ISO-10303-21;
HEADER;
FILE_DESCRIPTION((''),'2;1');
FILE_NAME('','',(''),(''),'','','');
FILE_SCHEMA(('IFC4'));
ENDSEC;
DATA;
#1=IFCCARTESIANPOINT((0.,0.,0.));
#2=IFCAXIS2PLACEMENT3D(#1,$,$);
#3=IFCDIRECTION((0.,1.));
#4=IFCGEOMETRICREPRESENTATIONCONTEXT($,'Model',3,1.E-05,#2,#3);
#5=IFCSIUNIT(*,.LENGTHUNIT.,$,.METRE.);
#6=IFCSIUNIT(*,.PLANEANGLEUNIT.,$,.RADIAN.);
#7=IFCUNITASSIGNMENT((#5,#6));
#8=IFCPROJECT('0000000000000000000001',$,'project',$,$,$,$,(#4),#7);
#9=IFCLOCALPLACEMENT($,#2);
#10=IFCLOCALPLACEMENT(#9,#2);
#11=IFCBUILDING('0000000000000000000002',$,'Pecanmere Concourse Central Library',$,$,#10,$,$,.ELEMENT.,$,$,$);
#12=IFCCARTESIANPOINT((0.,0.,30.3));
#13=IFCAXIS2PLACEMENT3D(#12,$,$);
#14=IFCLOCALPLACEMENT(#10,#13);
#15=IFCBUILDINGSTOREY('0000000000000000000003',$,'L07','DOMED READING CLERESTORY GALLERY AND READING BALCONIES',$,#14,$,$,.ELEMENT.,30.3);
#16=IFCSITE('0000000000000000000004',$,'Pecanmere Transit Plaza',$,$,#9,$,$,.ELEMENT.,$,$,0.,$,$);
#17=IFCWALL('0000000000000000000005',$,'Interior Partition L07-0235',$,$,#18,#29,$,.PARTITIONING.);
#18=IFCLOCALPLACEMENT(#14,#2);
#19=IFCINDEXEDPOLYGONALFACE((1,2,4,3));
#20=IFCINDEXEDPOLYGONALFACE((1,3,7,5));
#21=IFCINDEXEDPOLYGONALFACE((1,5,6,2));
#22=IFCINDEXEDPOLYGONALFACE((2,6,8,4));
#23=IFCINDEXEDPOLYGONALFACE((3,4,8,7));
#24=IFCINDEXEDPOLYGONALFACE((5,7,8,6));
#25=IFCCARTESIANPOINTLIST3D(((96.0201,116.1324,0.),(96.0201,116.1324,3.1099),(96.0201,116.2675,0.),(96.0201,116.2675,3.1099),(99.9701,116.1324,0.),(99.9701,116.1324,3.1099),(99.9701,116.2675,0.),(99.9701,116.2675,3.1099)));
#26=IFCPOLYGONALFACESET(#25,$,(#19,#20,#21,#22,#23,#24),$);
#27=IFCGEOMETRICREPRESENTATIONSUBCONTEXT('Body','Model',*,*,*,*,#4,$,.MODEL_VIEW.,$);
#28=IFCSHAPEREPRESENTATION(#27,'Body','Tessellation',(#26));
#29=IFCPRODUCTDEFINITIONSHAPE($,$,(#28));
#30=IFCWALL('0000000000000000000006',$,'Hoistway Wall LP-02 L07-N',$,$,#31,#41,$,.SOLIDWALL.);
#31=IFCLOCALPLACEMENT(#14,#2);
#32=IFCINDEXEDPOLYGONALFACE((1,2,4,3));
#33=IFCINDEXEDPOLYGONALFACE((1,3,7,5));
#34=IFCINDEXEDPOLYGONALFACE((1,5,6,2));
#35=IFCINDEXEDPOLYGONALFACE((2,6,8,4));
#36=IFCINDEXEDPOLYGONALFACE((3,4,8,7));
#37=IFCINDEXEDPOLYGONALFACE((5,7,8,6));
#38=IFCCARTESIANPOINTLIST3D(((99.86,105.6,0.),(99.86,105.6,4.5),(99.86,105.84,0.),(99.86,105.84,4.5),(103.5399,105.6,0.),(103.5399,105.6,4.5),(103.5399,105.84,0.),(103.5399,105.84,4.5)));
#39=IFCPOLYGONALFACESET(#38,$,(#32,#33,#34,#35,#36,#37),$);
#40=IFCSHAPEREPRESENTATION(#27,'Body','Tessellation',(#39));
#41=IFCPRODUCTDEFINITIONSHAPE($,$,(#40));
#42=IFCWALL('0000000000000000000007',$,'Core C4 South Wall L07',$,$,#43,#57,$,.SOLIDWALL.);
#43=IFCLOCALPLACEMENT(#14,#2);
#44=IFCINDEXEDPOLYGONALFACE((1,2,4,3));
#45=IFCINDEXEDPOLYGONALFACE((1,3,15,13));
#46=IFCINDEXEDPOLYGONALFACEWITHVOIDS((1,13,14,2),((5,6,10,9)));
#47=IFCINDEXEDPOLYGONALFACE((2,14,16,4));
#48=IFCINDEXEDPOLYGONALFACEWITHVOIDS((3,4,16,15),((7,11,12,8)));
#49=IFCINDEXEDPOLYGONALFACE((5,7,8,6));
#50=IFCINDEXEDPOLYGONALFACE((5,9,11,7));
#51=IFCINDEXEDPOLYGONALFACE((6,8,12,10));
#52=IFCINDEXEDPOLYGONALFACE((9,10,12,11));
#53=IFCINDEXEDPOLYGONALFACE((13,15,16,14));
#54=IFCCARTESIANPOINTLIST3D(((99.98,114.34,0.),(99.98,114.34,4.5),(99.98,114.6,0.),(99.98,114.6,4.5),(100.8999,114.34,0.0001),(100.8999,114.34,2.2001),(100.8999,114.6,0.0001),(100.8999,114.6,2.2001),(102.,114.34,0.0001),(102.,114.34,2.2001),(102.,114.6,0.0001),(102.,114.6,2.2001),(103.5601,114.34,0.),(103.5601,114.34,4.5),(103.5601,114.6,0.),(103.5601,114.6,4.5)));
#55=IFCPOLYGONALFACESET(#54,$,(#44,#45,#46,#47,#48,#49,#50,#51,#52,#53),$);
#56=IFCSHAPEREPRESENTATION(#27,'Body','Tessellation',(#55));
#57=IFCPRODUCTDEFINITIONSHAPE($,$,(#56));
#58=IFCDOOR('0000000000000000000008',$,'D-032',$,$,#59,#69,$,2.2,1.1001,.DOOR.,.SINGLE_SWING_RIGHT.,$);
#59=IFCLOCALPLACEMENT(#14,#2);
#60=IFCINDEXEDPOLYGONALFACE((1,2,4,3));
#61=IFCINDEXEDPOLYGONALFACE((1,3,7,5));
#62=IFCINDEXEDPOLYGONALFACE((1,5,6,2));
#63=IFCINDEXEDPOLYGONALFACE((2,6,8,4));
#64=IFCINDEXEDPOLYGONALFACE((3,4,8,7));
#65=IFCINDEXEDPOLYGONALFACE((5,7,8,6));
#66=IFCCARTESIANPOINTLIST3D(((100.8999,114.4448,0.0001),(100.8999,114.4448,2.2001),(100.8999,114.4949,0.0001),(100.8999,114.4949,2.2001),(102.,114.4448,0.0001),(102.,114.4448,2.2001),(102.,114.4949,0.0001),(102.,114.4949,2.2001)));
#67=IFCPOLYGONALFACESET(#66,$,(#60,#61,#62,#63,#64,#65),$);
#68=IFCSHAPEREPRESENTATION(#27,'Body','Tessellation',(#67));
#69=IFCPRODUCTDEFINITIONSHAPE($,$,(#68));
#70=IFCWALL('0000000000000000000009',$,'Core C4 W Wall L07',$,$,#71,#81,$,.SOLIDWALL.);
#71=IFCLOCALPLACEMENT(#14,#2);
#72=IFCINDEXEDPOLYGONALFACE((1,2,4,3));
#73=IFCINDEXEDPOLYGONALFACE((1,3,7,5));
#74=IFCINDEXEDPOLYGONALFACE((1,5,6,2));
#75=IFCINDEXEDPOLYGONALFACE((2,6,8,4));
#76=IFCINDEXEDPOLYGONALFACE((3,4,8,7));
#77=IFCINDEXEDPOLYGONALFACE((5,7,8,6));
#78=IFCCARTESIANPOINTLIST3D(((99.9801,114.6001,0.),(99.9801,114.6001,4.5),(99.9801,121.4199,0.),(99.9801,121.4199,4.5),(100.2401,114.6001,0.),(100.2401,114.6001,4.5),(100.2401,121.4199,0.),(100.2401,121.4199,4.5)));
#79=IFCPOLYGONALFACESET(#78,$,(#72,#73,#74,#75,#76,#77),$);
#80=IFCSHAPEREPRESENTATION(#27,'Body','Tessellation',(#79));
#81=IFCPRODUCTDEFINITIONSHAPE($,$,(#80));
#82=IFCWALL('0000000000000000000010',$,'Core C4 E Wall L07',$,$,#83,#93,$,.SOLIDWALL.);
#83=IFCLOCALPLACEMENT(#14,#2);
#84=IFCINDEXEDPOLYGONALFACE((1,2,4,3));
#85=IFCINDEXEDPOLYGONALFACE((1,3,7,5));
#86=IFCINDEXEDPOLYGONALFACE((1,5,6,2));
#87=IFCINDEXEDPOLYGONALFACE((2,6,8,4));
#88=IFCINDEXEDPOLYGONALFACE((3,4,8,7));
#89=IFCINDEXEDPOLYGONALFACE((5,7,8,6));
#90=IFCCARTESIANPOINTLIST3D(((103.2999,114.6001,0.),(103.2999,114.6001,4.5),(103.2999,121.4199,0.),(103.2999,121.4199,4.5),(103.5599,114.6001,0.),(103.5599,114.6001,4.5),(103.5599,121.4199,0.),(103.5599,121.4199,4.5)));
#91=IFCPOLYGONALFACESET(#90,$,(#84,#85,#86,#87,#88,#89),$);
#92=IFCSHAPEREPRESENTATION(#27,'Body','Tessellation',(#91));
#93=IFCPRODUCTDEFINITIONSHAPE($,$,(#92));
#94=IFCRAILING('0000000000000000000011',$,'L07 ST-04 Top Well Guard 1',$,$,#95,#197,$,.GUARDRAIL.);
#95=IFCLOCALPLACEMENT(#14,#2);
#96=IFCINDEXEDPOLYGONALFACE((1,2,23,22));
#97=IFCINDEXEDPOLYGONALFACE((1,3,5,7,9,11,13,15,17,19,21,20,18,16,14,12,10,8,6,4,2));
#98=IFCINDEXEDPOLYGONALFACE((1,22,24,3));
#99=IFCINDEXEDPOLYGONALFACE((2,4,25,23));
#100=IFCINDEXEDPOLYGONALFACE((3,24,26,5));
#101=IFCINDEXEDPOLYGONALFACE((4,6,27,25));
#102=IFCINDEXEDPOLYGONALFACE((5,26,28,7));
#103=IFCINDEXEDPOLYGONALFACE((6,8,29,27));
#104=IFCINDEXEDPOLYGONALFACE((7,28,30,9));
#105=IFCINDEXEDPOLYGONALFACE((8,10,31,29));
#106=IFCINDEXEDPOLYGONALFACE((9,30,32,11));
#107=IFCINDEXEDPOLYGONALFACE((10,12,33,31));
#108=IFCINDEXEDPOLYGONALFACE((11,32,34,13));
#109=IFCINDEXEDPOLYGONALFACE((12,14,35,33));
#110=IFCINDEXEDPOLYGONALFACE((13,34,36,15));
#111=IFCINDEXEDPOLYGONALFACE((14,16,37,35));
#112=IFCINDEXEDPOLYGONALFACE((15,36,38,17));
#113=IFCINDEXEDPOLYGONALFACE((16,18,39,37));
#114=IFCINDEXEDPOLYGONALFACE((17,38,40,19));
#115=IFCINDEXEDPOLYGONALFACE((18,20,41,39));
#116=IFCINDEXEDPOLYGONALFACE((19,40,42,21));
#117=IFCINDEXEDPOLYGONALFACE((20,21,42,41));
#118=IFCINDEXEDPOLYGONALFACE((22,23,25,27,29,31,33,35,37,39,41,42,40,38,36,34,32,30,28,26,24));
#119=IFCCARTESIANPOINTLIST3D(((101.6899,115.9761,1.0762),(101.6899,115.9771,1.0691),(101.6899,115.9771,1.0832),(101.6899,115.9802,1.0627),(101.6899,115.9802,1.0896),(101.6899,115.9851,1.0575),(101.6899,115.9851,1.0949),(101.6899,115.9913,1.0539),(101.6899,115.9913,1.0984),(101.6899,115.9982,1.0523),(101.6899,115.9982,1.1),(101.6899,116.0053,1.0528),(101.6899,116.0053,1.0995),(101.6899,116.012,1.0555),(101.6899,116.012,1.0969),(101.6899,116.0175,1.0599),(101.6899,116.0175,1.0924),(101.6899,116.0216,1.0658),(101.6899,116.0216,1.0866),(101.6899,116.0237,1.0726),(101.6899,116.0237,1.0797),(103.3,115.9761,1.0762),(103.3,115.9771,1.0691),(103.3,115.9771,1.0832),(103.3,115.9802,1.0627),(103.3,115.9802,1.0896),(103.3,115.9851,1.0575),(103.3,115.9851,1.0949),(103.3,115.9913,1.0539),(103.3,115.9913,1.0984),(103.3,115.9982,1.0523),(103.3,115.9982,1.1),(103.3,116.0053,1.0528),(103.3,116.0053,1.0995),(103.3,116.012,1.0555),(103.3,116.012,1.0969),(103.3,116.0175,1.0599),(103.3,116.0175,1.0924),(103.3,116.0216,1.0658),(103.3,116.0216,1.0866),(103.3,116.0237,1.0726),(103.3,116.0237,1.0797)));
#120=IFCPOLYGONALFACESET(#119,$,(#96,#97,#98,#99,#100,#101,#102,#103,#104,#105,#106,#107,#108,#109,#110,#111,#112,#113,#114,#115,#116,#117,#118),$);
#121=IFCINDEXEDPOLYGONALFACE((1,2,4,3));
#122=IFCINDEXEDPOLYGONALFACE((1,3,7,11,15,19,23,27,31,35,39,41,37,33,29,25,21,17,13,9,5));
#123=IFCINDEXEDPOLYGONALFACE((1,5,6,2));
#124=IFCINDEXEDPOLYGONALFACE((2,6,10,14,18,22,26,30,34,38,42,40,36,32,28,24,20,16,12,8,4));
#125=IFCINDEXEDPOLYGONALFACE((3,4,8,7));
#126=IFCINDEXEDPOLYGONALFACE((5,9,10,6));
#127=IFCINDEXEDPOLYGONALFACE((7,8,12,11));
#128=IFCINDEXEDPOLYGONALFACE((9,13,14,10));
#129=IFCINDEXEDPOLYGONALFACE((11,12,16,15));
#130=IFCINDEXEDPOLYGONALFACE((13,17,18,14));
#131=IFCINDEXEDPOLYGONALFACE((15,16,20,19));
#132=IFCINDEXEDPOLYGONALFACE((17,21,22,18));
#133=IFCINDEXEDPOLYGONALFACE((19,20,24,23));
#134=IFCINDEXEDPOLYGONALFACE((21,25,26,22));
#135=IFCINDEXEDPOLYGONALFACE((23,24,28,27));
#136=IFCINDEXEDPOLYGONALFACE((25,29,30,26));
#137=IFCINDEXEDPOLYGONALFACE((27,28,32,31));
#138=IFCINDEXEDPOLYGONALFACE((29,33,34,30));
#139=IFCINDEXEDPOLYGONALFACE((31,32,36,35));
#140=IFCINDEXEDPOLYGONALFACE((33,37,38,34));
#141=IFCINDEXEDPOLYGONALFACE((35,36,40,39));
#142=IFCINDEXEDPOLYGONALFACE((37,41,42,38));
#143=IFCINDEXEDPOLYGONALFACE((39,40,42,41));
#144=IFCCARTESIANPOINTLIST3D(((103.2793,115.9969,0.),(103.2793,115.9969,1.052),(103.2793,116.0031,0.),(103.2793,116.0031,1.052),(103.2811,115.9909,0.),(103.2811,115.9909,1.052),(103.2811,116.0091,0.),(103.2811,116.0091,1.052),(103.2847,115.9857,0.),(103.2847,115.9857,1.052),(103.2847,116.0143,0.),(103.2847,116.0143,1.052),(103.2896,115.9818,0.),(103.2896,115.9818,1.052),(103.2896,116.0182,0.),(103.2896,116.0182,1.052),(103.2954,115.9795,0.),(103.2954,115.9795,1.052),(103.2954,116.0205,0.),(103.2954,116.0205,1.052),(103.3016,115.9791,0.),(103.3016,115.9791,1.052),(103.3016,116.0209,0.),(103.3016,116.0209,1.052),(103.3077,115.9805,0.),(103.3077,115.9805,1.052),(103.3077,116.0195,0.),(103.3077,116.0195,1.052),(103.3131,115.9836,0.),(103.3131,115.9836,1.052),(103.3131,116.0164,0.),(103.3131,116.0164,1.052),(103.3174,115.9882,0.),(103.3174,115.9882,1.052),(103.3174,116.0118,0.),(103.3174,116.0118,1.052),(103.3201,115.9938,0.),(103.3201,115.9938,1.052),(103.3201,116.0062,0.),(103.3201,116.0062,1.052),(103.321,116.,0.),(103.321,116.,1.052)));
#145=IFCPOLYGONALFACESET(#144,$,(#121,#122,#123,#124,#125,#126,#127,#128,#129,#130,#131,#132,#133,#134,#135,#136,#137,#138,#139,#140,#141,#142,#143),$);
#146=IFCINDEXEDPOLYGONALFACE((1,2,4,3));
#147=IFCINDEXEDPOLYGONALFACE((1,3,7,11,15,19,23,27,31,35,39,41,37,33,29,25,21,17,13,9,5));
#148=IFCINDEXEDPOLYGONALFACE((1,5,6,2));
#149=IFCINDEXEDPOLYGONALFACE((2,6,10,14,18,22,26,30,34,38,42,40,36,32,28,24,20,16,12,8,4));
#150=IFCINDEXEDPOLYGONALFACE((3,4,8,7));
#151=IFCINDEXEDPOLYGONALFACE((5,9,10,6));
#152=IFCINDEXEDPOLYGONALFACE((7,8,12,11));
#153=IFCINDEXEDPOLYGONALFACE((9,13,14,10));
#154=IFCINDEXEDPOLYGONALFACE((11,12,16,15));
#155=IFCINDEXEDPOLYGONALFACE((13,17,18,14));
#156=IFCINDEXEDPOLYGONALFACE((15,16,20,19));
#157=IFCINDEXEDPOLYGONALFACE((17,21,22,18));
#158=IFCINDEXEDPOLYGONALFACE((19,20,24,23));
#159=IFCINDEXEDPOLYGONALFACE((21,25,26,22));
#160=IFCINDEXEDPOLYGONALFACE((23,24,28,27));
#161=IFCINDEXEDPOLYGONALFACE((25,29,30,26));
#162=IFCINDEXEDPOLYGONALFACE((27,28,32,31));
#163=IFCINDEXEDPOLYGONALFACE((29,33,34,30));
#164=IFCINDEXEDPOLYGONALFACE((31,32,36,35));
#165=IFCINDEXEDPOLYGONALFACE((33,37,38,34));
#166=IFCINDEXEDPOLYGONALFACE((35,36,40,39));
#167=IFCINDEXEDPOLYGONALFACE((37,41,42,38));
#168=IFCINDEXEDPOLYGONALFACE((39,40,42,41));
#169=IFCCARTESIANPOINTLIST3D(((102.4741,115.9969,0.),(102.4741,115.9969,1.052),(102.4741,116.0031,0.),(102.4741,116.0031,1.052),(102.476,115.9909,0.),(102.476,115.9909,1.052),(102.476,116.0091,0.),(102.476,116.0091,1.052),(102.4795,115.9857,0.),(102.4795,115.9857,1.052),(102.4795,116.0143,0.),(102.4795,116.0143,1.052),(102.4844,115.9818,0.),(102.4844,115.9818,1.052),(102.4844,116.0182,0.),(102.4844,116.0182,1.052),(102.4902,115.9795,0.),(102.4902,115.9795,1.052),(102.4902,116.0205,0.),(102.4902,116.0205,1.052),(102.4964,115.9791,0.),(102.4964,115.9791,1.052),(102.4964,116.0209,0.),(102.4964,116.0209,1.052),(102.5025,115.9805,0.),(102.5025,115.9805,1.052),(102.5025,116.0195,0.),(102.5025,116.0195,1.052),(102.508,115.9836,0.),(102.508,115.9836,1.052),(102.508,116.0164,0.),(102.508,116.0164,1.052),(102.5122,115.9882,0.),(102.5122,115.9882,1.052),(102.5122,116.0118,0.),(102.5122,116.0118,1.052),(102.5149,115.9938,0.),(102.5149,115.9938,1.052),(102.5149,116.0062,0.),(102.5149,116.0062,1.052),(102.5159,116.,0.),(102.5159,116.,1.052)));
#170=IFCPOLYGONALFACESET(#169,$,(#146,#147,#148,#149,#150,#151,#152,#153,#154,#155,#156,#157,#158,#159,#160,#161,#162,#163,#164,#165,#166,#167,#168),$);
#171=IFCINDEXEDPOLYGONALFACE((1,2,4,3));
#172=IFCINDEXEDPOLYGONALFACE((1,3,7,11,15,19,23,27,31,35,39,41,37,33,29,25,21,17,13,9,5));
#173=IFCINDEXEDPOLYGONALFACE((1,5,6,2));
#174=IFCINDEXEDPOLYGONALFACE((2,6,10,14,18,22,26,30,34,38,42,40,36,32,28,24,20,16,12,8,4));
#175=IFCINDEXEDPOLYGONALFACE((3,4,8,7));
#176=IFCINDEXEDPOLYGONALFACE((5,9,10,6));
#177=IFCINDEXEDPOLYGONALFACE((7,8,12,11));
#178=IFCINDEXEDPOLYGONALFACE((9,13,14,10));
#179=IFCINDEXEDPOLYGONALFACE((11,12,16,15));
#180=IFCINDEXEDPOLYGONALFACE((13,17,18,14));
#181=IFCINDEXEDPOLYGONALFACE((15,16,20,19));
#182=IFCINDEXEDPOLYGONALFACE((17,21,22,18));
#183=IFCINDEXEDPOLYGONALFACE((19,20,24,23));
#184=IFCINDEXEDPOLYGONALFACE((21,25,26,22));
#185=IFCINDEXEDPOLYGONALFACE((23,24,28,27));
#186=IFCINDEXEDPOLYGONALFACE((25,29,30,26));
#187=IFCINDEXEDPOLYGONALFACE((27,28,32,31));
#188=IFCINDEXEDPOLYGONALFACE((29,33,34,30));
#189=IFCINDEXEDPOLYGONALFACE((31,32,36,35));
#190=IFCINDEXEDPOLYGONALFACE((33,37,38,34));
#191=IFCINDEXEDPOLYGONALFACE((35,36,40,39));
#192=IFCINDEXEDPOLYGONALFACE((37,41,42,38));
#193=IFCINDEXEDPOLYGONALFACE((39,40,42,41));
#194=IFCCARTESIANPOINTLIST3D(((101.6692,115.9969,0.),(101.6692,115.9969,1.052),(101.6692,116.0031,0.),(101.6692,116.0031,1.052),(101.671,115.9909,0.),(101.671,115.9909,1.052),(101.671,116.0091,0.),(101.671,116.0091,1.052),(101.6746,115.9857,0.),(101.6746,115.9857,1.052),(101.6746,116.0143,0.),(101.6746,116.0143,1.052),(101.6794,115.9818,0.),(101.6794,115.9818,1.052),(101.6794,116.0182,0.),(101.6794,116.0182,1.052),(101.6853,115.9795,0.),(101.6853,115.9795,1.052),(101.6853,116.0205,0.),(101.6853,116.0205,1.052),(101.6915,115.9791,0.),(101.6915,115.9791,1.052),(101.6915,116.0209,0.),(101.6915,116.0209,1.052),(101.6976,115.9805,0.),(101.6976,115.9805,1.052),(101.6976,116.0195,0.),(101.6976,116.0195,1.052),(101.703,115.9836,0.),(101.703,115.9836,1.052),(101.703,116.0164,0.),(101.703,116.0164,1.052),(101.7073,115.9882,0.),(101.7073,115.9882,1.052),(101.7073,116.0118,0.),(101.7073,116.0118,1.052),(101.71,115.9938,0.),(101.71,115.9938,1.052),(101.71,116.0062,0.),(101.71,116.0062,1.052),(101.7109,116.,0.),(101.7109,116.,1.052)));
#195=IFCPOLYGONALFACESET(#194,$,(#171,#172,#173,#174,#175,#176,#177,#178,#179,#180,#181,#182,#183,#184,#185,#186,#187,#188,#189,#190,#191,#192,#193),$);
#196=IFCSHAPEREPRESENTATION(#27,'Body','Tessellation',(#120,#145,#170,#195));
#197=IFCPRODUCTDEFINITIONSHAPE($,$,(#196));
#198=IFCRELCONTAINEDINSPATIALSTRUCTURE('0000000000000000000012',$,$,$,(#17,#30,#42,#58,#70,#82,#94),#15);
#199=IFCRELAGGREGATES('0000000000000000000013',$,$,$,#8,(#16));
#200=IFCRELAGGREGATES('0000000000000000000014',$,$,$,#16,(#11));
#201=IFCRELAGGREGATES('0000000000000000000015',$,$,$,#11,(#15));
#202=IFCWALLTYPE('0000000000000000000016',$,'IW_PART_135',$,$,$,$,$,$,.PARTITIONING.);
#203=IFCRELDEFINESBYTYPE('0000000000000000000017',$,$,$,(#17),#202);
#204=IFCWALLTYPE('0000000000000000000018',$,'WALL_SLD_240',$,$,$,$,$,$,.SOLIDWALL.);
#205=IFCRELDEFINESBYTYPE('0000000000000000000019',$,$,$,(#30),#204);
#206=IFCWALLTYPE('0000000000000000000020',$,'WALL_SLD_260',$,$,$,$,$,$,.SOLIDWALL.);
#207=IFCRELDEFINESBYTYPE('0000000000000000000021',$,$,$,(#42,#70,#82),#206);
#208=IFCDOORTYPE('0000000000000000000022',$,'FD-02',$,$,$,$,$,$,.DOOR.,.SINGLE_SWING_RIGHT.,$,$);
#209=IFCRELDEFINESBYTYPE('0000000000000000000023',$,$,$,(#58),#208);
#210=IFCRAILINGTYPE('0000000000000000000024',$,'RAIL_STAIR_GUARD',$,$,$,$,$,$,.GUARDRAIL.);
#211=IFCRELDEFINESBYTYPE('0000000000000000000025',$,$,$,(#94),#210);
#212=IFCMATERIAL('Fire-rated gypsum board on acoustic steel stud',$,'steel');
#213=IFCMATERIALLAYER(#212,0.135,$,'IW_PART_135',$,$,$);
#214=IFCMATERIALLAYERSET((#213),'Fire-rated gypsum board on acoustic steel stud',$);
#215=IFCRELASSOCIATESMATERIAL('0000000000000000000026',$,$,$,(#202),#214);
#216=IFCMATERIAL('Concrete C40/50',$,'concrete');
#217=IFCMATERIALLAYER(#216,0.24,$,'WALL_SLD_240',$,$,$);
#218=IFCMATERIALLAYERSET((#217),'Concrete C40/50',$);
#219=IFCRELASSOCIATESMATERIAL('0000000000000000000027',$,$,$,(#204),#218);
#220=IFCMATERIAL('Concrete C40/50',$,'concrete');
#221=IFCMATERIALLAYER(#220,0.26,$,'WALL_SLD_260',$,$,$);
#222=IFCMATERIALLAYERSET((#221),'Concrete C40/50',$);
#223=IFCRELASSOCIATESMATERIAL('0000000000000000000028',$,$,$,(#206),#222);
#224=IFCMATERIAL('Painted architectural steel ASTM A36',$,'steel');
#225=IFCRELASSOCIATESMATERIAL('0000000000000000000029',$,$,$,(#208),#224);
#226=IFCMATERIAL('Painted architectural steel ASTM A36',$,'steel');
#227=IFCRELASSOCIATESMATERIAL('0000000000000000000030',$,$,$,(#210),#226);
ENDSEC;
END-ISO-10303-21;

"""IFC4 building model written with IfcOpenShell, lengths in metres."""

from ifc_helpers import new_model, si_unit, direction, frame, frame_2d, origin, origin_2d, place, context, subcontext, project, spatial, rectangle, circle, extrude, material, layer, layer_set, type_object, element, fill, save


model = new_model("IFC4")

# Units and contexts
model_context = context("Model", 3, precision=1e-05, world=origin(), true_north=direction((0.0, 1.0)))
body_context = subcontext(model_context, "Body", "Model", "MODEL_VIEW")
ifc_project = project(units=[si_unit("LENGTHUNIT", "METRE"), si_unit("PLANEANGLEUNIT", "RADIAN")], contexts=[model_context])

# Site, building, storey
site_placement = place(None, origin())
site = spatial("IfcSite", under=ifc_project, at=site_placement, Name="Pecanmere Transit Plaza", CompositionType="ELEMENT", RefElevation=0.0)
building_placement = place(site_placement, origin())
building = spatial("IfcBuilding", under=site, at=building_placement, Name="Pecanmere Concourse Central Library", CompositionType="ELEMENT")
storey_placement = place(building_placement, frame((0.0, 0.0, 30.3)))
storey = spatial("IfcBuildingStorey", under=building, at=storey_placement, Name="L07", Description="DOMED READING CLERESTORY GALLERY AND READING BALCONIES", CompositionType="ELEMENT", Elevation=30.3)

# Shared definitions
ifc_material_1 = material(Name="Fire-rated gypsum board on acoustic steel stud", Category="steel")
ifc_layer_1 = layer(ifc_material_1, 0.135, Name="IW_PART_135")
ifc_layer_set_1 = layer_set([ifc_layer_1], Name="Fire-rated gypsum board on acoustic steel stud")
wall_type_1 = type_object("IfcWallType", Name="IW_PART_135", PredefinedType="PARTITIONING", material=ifc_layer_set_1)

# Walls
wall_1_placement = place(storey_placement, frame((96.02, 116.2, 0.0), z_axis=(0.0, 0.0, 1.0), x_axis=(1.0, 0.0, 0.0)))
element("IfcWall", 1, at=wall_1_placement, inside=storey, type_object=wall_type_1, Name="Interior Partition L07-0235", PredefinedType="PARTITIONING", context=body_context, shape_type="SweptSolid", body=[
    extrude(rectangle(XDim=3.95, YDim=0.135, at=frame_2d((1.9751, 0.0))), origin(), (0.0, 0.0, 1.0), 3.1099),
])
ifc_material_2 = material(Name="Concrete C40/50", Category="concrete")
ifc_layer_2 = layer(ifc_material_2, 0.24, Name="WALL_SLD_240")
ifc_layer_set_2 = layer_set([ifc_layer_2], Name="Concrete C40/50")
wall_type_2 = type_object("IfcWallType", Name="WALL_SLD_240", PredefinedType="SOLIDWALL", material=ifc_layer_set_2)
wall_2_placement = place(storey_placement, frame((99.8601, 105.72, 0.0), z_axis=(0.0, 0.0, 1.0), x_axis=(1.0, 0.0, 0.0)))
element("IfcWall", 2, at=wall_2_placement, inside=storey, type_object=wall_type_2, Name="Hoistway Wall LP-02 L07-N", PredefinedType="SOLIDWALL", context=body_context, shape_type="SweptSolid", body=[
    extrude(rectangle(XDim=3.6799, YDim=0.24, at=frame_2d((1.8398, 0.0))), origin(), (0.0, 0.0, 1.0), 4.5),
])

# Wall, opening, door
ifc_material_3 = material(Name="Concrete C40/50", Category="concrete")
ifc_layer_3 = layer(ifc_material_3, 0.26, Name="WALL_SLD_260")
ifc_layer_set_3 = layer_set([ifc_layer_3], Name="Concrete C40/50")
wall_type_3 = type_object("IfcWallType", Name="WALL_SLD_260", PredefinedType="SOLIDWALL", material=ifc_layer_set_3)
wall_3_placement = place(storey_placement, frame((99.98, 114.47, 0.0), z_axis=(0.0, 0.0, 1.0), x_axis=(1.0, 0.0, 0.0)))
wall_3 = element("IfcWall", 3, at=wall_3_placement, inside=storey, type_object=wall_type_3, Name="Core C4 South Wall L07", PredefinedType="SOLIDWALL", context=body_context, shape_type="SweptSolid", body=[
    extrude(rectangle(XDim=3.5801, YDim=0.26, at=frame_2d((1.79, 0.0))), origin(), (0.0, 0.0, 1.0), 4.5),
])
opening_1_placement = place(wall_3_placement, frame((0.9199, 0.0, 0.0)))
opening_1 = element("IfcOpeningElement", 4, at=opening_1_placement, cuts=wall_3, PredefinedType="OPENING", context=body_context, shape_type="SweptSolid", body=[
    extrude(rectangle(XDim=1.1001, YDim=2.2, at=frame_2d((0.55, 1.1001))), frame((0.0, 0.1421, 0.0), z_axis=(0.0, -1.0, 0.0), x_axis=(1.0, 0.0, 0.0)), (0.0, 0.0, 1.0), 0.2839),
])
ifc_material_4 = material(Name="Painted architectural steel ASTM A36", Category="steel")
door_type_1 = type_object("IfcDoorType", Name="FD-02", OperationType="SINGLE_SWING_RIGHT", PredefinedType="DOOR", material=ifc_material_4)
door_1_placement = place(opening_1_placement, origin())
door_1 = element("IfcDoor", 5, at=door_1_placement, inside=storey, type_object=door_type_1, Name="D-032", OperationType="SINGLE_SWING_RIGHT", OverallHeight=2.2, OverallWidth=1.1001, PredefinedType="DOOR", context=body_context, shape_type="SweptSolid", body=[
    extrude(rectangle(XDim=1.1001, YDim=2.2, at=frame_2d((0.55, 1.1001))), frame((0.0, 0.0249, 0.0), z_axis=(0.0, -1.0, 0.0), x_axis=(1.0, 0.0, 0.0)), (0.0, 0.0, 1.0), 0.05),
])
fill(opening_1, door_1)

# Walls
for number, where, z_axis, x_axis, name in (
    (6, (100.1101, 114.6001, 0.0), (0.0, 0.0, 1.0), (0.0, 1.0, 0.0), "Core C4 W Wall L07"),
    (7, (103.4299, 114.6001, 0.0), (0.0, 0.0, 1.0), (0.0, 1.0, 0.0), "Core C4 E Wall L07"),
):
    element("IfcWall", number, at=place(storey_placement, frame(where, z_axis=z_axis, x_axis=x_axis)), inside=storey, type_object=wall_type_3, Name=name, PredefinedType="SOLIDWALL", context=body_context, shape_type="SweptSolid", body=[
        extrude(rectangle(XDim=6.8198, YDim=0.26, at=frame_2d((3.4099, 0.0))), origin(), (0.0, 0.0, 1.0), 4.5),
    ])

# Railing
ifc_material_5 = material(Name="Painted architectural steel ASTM A36", Category="steel")
railing_type = type_object("IfcRailingType", Name="RAIL_STAIR_GUARD", PredefinedType="GUARDRAIL", material=ifc_material_5)
railing_placement = place(storey_placement, frame((103.3, 116.0, 0.0)))
element("IfcRailing", 8, at=railing_placement, inside=storey, type_object=railing_type, Name="L07 ST-04 Top Well Guard 1", PredefinedType="GUARDRAIL", context=body_context, shape_type="SweptSolid", body=[
    extrude(circle(Radius=0.0239, at=origin_2d()), frame((0.0, 0.0, 1.0762), z_axis=(-1.0, 0.0, 0.0), x_axis=(0.0, -1.0, 0.0)), (0.0, 0.0, 1.0), 1.6101),
    extrude(circle(Radius=0.021, at=origin_2d()), origin(), (0.0, 0.0, 1.0), 1.052),
    extrude(circle(Radius=0.021, at=origin_2d()), frame((-0.8052, 0.0, 0.0)), (0.0, 0.0, 1.0), 1.052),
    extrude(circle(Radius=0.021, at=origin_2d()), frame((-1.6101, 0.0, 0.0)), (0.0, 0.0, 1.0), 1.052),
])

save(model, "model.ifc")
